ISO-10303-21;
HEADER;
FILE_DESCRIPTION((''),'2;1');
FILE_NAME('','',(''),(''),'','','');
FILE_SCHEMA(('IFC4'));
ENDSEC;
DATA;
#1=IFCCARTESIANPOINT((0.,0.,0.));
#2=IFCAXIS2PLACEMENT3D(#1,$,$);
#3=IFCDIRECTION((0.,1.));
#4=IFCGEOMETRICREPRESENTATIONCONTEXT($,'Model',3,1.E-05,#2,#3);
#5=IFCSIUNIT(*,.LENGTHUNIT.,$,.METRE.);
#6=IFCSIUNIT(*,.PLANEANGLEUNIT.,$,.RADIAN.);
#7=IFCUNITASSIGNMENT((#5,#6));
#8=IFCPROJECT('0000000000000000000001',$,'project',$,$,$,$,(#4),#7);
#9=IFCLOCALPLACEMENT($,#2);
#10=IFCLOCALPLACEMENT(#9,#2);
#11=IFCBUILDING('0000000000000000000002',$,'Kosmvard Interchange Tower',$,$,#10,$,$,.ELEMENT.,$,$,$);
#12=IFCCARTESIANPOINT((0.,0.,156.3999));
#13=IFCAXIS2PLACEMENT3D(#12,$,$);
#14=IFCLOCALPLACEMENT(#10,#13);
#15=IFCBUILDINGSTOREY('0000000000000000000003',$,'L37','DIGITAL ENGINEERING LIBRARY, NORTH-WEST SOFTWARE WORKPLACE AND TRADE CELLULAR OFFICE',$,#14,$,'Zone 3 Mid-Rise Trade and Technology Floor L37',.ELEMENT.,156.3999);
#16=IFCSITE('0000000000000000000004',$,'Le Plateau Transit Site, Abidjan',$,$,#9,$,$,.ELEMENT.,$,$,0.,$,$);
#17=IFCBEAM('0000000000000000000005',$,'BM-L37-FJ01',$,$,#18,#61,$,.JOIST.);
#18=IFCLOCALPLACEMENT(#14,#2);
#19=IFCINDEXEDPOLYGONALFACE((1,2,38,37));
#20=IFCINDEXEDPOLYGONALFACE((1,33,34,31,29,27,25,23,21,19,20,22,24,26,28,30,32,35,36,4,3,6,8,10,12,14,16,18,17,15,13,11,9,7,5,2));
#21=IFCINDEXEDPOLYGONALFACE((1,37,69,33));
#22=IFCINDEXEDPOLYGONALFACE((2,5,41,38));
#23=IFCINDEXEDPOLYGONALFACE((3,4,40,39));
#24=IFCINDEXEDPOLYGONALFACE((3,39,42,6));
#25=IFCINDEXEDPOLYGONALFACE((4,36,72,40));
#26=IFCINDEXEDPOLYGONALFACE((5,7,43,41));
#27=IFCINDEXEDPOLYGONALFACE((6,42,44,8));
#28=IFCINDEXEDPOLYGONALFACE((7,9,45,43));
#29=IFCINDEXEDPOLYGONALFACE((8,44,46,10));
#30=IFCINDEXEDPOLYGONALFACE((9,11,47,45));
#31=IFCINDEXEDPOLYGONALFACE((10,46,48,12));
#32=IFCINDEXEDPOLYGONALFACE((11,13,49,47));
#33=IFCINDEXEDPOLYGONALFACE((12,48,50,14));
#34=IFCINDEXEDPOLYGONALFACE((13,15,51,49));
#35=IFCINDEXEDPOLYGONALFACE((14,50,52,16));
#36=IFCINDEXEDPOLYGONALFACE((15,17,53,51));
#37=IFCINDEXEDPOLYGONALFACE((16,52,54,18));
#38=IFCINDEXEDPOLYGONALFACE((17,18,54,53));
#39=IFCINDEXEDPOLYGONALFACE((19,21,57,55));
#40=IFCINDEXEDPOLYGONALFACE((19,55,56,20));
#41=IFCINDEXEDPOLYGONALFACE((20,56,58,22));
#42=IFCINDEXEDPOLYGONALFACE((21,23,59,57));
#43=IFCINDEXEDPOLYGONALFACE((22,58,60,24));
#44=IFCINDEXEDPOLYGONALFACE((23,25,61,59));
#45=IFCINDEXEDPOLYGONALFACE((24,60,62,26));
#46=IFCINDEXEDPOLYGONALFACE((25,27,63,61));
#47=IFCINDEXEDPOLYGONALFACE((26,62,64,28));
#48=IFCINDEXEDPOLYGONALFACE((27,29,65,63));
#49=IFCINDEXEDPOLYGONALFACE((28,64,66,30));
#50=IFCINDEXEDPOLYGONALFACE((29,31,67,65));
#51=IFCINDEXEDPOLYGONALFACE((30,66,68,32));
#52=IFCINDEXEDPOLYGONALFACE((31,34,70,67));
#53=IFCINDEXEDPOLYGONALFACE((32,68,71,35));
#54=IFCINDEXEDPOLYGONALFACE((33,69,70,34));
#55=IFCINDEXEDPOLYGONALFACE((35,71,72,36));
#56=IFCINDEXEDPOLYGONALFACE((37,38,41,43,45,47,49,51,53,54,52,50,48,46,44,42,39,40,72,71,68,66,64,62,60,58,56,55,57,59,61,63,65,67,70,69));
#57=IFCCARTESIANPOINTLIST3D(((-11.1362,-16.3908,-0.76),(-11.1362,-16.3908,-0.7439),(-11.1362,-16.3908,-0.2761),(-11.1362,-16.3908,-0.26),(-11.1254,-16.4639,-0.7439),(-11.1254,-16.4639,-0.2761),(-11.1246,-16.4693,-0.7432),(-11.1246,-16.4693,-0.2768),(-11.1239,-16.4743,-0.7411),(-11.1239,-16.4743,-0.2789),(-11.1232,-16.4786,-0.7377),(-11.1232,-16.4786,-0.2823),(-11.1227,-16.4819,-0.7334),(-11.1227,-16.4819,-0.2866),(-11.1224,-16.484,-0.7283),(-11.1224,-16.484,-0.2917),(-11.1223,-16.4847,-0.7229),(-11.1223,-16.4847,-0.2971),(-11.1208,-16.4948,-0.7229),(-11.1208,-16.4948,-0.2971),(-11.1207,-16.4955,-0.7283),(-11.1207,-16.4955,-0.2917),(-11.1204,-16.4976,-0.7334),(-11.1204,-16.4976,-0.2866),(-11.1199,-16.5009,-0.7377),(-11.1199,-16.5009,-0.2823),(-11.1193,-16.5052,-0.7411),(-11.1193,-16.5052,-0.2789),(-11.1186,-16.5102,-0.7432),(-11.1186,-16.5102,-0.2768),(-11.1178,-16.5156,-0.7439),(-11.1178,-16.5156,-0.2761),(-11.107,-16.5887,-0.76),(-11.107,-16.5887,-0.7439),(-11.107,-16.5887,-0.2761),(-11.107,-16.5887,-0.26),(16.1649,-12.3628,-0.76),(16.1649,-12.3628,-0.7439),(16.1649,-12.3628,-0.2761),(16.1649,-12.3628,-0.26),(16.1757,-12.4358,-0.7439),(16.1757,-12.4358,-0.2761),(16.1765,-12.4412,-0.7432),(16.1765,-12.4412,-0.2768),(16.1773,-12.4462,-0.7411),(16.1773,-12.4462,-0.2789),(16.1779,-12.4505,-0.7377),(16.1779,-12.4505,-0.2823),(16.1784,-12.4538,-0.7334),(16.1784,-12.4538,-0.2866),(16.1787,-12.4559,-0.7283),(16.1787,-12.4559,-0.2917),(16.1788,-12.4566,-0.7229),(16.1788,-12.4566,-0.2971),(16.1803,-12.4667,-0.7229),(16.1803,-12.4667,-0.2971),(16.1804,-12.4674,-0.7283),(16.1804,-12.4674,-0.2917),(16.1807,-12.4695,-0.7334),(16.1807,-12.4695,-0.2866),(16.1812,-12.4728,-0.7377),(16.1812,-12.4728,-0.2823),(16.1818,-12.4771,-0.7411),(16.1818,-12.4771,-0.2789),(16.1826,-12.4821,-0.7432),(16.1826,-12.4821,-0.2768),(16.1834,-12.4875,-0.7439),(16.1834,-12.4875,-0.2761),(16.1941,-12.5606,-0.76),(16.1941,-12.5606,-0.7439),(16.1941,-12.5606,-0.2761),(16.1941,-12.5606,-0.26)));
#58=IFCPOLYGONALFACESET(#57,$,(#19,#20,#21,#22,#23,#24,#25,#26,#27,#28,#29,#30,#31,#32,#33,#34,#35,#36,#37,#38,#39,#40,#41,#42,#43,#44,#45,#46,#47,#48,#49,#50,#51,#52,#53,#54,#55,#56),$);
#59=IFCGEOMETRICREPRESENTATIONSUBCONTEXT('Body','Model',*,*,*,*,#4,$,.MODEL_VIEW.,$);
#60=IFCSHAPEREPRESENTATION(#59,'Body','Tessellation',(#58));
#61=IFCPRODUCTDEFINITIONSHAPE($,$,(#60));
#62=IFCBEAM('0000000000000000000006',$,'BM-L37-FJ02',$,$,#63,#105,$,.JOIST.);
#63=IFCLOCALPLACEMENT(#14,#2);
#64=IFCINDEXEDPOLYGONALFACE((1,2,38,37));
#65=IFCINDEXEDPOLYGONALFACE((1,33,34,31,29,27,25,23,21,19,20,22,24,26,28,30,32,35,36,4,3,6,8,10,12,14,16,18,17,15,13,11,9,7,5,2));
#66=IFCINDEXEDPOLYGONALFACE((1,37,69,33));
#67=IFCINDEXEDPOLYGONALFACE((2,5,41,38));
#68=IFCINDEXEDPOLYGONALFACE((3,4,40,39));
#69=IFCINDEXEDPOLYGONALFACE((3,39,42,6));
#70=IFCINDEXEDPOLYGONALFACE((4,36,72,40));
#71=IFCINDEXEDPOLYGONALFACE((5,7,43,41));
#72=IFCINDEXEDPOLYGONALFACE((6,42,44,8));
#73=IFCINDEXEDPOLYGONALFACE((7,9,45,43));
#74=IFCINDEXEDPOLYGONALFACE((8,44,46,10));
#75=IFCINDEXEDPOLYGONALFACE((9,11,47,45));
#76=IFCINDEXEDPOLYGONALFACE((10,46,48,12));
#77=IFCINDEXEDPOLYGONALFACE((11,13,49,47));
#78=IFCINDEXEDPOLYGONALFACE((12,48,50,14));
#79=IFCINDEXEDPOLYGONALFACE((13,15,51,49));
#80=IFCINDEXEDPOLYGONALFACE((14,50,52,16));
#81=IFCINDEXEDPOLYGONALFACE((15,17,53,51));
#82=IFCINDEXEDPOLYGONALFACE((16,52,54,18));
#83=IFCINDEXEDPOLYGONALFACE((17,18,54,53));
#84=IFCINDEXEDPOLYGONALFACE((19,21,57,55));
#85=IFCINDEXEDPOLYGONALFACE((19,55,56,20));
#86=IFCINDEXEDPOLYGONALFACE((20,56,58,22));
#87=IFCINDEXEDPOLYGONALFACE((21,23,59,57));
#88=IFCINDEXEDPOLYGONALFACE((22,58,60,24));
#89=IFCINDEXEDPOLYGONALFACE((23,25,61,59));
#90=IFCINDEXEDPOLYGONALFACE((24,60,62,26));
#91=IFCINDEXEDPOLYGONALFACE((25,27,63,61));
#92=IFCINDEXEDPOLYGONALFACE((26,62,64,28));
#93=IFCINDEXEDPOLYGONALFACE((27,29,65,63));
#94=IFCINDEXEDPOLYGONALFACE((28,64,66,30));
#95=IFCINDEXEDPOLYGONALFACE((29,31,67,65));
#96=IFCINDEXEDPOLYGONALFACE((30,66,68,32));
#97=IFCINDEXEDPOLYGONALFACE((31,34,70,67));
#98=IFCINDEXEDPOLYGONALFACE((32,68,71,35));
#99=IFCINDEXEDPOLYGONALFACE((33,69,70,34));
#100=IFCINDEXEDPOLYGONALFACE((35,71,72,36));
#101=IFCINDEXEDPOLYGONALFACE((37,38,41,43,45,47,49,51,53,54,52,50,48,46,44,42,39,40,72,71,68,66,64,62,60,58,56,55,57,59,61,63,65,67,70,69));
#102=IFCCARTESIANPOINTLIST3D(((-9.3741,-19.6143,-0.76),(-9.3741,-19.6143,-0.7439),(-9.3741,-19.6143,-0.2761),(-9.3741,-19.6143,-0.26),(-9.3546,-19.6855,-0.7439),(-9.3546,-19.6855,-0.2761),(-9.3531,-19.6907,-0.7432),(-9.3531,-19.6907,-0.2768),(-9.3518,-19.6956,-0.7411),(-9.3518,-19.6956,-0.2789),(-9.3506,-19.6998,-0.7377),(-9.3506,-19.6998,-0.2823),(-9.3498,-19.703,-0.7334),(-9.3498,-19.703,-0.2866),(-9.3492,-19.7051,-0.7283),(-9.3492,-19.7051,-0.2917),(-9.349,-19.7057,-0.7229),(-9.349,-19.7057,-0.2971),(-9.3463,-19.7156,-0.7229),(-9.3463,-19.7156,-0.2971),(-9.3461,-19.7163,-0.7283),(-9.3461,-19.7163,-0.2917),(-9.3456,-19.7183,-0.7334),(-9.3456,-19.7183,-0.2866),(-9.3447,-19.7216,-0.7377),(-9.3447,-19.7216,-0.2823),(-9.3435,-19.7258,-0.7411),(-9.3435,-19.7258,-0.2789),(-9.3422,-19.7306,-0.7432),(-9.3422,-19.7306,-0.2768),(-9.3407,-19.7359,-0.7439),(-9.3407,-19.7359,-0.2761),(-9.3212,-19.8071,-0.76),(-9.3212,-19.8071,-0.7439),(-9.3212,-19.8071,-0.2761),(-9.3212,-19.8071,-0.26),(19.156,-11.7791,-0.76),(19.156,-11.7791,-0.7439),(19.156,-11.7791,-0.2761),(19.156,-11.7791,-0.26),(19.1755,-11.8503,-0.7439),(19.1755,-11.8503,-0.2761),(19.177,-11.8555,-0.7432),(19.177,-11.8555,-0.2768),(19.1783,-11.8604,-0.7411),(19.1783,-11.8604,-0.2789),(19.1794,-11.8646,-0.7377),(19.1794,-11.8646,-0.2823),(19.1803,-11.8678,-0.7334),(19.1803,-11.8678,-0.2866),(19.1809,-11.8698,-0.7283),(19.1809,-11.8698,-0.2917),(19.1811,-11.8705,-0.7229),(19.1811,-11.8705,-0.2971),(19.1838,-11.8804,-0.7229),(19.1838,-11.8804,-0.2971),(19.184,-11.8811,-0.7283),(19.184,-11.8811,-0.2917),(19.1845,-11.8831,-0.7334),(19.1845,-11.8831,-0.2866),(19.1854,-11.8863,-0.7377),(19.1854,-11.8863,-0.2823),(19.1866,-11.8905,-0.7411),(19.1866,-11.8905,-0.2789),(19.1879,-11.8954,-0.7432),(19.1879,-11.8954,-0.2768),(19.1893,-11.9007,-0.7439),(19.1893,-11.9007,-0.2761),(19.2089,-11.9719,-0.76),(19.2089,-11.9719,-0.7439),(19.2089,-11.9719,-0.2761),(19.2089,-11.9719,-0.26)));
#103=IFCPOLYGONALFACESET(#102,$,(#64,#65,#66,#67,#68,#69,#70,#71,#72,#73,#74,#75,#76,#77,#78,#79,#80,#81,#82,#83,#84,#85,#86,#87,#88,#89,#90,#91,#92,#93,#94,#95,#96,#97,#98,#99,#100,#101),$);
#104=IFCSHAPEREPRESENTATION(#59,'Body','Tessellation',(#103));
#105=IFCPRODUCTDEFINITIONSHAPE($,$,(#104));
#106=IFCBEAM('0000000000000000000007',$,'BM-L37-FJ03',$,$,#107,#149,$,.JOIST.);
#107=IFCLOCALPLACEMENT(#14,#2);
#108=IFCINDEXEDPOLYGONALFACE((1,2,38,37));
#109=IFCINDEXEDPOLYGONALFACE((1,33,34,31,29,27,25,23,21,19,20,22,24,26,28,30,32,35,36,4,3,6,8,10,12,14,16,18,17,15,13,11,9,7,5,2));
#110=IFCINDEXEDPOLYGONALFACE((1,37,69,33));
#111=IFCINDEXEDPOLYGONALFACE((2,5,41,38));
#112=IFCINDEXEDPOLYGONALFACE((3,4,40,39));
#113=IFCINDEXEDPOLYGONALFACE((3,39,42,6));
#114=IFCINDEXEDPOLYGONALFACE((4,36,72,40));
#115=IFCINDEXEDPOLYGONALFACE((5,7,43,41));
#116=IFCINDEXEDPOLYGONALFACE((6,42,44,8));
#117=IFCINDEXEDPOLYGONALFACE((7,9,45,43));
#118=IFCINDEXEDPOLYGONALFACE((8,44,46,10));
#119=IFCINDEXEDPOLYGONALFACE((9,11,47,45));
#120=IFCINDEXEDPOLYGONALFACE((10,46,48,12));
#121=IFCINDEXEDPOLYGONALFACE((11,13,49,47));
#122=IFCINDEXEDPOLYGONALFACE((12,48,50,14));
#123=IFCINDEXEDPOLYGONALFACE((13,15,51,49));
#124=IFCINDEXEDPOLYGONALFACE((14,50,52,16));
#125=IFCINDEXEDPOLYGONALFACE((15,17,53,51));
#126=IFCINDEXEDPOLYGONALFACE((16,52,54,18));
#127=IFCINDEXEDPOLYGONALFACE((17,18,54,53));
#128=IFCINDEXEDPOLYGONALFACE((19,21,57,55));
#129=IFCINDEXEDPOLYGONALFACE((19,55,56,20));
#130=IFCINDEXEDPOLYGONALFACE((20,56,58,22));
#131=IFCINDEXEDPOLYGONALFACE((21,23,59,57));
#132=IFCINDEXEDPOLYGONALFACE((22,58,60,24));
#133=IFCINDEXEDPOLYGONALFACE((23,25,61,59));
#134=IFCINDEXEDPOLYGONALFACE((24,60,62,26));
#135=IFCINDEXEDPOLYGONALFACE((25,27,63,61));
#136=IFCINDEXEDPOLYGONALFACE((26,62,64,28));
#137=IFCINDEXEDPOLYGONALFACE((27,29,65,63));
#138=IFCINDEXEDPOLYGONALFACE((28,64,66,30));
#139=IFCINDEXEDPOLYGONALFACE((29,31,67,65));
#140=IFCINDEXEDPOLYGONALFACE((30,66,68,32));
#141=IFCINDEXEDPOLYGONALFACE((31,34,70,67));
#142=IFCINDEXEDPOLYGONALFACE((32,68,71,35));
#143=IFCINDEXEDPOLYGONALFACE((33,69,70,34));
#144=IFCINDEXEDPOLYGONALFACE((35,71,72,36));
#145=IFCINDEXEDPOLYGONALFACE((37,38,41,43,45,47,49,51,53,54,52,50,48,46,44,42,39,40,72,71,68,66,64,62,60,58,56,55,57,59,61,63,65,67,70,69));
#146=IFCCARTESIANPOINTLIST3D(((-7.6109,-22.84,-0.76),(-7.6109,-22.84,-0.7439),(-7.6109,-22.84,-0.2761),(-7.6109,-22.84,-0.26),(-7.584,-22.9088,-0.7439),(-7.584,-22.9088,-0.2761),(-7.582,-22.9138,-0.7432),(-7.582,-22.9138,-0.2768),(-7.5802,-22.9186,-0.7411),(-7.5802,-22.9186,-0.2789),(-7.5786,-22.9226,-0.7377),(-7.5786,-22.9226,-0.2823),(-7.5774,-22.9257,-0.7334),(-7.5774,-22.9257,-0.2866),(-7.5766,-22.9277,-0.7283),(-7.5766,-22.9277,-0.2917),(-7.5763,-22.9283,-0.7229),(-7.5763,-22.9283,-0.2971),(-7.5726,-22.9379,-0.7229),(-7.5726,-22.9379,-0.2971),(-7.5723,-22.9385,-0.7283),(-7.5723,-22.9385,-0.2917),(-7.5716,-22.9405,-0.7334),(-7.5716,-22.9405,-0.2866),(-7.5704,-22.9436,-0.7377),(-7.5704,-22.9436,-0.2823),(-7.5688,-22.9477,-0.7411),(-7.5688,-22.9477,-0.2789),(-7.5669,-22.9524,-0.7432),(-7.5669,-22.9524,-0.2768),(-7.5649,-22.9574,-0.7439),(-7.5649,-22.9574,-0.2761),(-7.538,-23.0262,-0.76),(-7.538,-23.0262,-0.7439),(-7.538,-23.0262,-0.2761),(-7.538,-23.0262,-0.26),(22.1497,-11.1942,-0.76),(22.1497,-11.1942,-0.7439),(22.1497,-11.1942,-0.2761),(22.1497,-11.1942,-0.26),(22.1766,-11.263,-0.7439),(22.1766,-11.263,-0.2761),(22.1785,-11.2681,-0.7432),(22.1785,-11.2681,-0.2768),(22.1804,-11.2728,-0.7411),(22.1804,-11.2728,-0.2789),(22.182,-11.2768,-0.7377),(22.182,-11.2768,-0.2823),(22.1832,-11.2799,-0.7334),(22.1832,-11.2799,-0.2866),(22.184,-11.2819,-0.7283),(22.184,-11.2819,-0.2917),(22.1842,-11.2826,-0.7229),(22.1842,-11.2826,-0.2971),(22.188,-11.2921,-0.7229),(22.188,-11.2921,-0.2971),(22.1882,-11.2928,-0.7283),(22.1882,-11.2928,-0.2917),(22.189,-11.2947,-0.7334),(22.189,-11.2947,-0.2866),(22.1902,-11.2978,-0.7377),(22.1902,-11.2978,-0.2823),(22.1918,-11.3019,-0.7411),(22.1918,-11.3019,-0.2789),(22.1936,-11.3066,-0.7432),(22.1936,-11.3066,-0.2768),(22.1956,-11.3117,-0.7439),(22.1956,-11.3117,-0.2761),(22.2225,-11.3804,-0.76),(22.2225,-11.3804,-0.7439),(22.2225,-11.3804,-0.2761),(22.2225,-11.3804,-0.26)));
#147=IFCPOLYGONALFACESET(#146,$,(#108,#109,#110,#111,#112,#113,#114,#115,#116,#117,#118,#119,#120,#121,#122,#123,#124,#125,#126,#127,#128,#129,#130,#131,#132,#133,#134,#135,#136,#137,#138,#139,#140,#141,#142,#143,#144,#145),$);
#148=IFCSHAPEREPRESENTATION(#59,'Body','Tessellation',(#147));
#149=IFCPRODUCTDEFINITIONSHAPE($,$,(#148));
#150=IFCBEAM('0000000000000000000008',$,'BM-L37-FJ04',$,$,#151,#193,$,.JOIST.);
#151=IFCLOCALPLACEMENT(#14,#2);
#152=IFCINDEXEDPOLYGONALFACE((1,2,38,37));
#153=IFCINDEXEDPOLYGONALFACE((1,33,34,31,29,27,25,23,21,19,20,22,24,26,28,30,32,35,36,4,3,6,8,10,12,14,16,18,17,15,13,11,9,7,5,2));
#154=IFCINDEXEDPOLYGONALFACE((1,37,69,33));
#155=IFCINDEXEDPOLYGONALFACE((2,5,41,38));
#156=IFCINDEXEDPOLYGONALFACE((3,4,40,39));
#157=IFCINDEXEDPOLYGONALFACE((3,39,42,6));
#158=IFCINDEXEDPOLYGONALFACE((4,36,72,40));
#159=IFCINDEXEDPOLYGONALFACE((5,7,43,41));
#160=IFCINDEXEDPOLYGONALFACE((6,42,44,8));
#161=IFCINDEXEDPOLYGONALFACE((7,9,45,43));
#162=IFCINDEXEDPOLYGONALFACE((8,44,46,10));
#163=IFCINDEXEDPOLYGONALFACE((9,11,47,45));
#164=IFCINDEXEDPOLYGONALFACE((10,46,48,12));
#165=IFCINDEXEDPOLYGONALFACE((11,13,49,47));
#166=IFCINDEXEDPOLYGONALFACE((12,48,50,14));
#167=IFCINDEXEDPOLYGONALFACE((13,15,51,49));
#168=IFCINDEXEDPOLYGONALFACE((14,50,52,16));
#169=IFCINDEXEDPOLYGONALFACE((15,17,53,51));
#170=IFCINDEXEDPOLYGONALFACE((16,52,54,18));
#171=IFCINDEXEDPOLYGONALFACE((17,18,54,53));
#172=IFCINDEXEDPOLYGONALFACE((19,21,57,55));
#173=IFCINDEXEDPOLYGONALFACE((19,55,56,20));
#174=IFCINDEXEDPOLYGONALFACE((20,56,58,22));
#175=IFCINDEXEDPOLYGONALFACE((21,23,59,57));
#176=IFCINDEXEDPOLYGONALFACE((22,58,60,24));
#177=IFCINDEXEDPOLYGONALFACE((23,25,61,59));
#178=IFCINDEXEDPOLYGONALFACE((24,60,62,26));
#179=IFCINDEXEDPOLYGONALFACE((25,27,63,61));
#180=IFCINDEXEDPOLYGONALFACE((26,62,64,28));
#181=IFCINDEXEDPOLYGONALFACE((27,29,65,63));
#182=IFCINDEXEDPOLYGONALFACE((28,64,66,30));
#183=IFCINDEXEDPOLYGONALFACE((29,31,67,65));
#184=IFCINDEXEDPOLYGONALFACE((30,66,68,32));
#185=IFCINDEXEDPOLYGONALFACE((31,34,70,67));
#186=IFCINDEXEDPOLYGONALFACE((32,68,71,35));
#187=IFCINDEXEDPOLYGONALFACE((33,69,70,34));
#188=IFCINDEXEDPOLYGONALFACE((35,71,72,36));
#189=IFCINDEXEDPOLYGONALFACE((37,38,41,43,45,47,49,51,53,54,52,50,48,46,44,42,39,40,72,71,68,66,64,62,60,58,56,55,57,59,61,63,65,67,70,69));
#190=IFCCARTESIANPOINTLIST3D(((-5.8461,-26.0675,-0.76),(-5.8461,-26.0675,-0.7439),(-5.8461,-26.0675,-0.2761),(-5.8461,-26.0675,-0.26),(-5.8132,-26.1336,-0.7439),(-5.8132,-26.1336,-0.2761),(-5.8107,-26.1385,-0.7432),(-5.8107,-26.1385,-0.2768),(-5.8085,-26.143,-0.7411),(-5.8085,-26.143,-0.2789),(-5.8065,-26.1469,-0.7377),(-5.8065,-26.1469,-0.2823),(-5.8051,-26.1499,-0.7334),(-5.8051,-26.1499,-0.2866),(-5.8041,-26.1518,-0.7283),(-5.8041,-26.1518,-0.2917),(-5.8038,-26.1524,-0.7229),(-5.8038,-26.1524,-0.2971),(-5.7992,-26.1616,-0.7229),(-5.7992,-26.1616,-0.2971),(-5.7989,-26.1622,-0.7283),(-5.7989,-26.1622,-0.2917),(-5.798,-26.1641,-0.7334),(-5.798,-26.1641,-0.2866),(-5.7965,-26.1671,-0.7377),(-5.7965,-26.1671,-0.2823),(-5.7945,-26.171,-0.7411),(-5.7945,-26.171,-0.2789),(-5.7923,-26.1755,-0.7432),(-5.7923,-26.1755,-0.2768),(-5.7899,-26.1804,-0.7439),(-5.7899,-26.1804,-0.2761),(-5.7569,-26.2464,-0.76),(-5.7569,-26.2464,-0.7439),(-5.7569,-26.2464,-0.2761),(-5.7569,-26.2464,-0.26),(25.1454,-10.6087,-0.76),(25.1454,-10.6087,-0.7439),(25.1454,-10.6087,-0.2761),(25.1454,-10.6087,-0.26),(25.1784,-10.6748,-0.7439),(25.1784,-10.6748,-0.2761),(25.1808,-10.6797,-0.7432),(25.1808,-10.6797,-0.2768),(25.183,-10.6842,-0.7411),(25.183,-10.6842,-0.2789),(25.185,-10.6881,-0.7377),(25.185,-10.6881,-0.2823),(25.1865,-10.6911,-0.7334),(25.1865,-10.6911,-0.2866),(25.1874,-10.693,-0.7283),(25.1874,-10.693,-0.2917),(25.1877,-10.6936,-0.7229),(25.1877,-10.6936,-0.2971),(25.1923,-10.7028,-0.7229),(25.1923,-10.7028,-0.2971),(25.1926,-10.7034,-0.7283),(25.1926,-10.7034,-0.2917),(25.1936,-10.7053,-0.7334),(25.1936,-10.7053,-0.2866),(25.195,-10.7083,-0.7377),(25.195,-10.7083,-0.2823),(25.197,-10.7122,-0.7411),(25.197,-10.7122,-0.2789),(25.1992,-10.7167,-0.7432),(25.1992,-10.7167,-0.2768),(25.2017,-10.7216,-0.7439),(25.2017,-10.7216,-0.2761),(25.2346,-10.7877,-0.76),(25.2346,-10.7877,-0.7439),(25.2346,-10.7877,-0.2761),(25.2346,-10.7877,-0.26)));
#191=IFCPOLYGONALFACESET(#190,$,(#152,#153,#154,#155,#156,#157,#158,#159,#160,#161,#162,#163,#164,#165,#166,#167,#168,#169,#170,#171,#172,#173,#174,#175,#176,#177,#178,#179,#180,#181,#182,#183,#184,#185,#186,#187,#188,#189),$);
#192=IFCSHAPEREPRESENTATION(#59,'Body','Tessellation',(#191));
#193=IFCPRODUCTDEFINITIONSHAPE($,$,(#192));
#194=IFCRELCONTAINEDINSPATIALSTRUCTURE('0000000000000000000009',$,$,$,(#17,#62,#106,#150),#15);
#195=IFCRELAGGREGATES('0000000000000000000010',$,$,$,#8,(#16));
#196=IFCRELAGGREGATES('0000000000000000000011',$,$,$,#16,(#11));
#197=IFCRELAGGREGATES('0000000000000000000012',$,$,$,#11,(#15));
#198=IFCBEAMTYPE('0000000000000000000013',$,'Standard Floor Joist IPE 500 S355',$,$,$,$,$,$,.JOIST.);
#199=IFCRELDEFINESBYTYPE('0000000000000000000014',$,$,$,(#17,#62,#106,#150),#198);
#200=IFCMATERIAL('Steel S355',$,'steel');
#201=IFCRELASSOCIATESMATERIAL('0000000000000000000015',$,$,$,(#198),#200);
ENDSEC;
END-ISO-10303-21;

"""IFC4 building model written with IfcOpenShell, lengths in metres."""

from ifc_helpers import new_model, si_unit, direction, frame, origin, origin_2d, place, context, subcontext, project, spatial, i_section, extrude, source, transform, mapped, material, material_profile, profile_set, type_object, element, save


model = new_model("IFC4")

# Units and contexts
model_context = context("Model", 3, precision=1e-05, world=origin(), true_north=direction((0.0, 1.0)))
body_context = subcontext(model_context, "Body", "Model", "MODEL_VIEW")
ifc_project = project(units=[si_unit("LENGTHUNIT", "METRE"), si_unit("PLANEANGLEUNIT", "RADIAN")], contexts=[model_context])

# Site, building, storey
site_placement = place(None, origin())
site = spatial("IfcSite", under=ifc_project, at=site_placement, Name="Le Plateau Transit Site, Abidjan", CompositionType="ELEMENT", RefElevation=0.0)
building_placement = place(site_placement, origin())
building = spatial("IfcBuilding", under=site, at=building_placement, Name="Kosmvard Interchange Tower", CompositionType="ELEMENT")
storey_placement = place(building_placement, frame((0.0, 0.0, 156.3999)))
storey = spatial("IfcBuildingStorey", under=building, at=storey_placement, Name="L37", Description="DIGITAL ENGINEERING LIBRARY, NORTH-WEST SOFTWARE WORKPLACE AND TRADE CELLULAR OFFICE", LongName="Zone 3 Mid-Rise Trade and Technology Floor L37", CompositionType="ELEMENT", Elevation=156.3999)

# Beams
ifc_material_1 = material(Name="Steel S355", Category="steel")
ifc_material_profile_1 = material_profile(ifc_material_1, i_section(OverallWidth=0.2, OverallDepth=0.5, WebThickness=0.0103, FlangeThickness=0.0161, FilletRadius=0.021, at=origin_2d()), Name="IPE 500")
ifc_profile_set_1 = profile_set([ifc_material_profile_1], Name="Steel S355")
beam_type_1 = type_object("IfcBeamType", Name="Standard Floor Joist IPE 500 S355", PredefinedType="JOIST", material=ifc_profile_set_1)
shared_shape_1 = source(origin(), body_context, "Body", "SweptSolid", [
    extrude(i_section(OverallWidth=0.2, OverallDepth=0.5, WebThickness=0.0103, FlangeThickness=0.0161, FilletRadius=0.021, at=origin_2d()), origin(), (0.0, 0.0, 1.0), 27.5967),
])
beam_1_placement = place(storey_placement, frame((-11.1216, -16.4897, -0.51), z_axis=(0.98929, 0.145963, 0.0), x_axis=(-0.145963, 0.98929, 0.0)))
element("IfcBeam", 1, at=beam_1_placement, inside=storey, type_object=beam_type_1, Name="BM-L37-FJ01", PredefinedType="JOIST", context=body_context, shape_type="MappedRepresentation", body=[
    mapped(shared_shape_1, transform((0.0, 0.0, 0.0), scale=1.0)),
])
shared_shape_2 = source(origin(), body_context, "Body", "SweptSolid", [
    extrude(i_section(OverallWidth=0.2, OverallDepth=0.5, WebThickness=0.0103, FlangeThickness=0.0161, FilletRadius=0.021, at=origin_2d()), origin(), (0.0, 0.0, 1.0), 29.5864),
])
beam_2_placement = place(storey_placement, frame((-9.3477, -19.7107, -0.51), z_axis=(0.964297, 0.264825, 0.0), x_axis=(-0.264825, 0.964297, 0.0)))
element("IfcBeam", 2, at=beam_2_placement, inside=storey, type_object=beam_type_1, Name="BM-L37-FJ02", PredefinedType="JOIST", context=body_context, shape_type="MappedRepresentation", body=[
    mapped(shared_shape_2, transform((0.0, 0.0, 0.0), scale=1.0)),
])
shared_shape_3 = source(origin(), body_context, "Body", "SweptSolid", [
    extrude(i_section(OverallWidth=0.2, OverallDepth=0.5, WebThickness=0.0103, FlangeThickness=0.0161, FilletRadius=0.021, at=origin_2d()), origin(), (0.0, 0.0, 1.0), 31.958),
])
beam_3_placement = place(storey_placement, frame((-7.5745, -22.9331, -0.51), z_axis=(0.931239, 0.364409, 0.0), x_axis=(-0.364409, 0.931239, 0.0)))
element("IfcBeam", 3, at=beam_3_placement, inside=storey, type_object=beam_type_1, Name="BM-L37-FJ03", PredefinedType="JOIST", context=body_context, shape_type="MappedRepresentation", body=[
    mapped(shared_shape_3, transform((0.0, 0.0, 0.0), scale=1.0)),
])
shared_shape_4 = source(origin(), body_context, "Body", "SweptSolid", [
    extrude(i_section(OverallWidth=0.2, OverallDepth=0.5, WebThickness=0.0103, FlangeThickness=0.0161, FilletRadius=0.021, at=origin_2d()), origin(), (0.0, 0.0, 1.0), 34.6331),
])
beam_4_placement = place(storey_placement, frame((-5.8015, -26.157, -0.51), z_axis=(0.894854, 0.446359, 0.0), x_axis=(-0.446359, 0.894854, 0.0)))
element("IfcBeam", 4, at=beam_4_placement, inside=storey, type_object=beam_type_1, Name="BM-L37-FJ04", PredefinedType="JOIST", context=body_context, shape_type="MappedRepresentation", body=[
    mapped(shared_shape_4, transform((0.0, 0.0, 0.0), scale=1.0)),
])

save(model, "model.ifc")
